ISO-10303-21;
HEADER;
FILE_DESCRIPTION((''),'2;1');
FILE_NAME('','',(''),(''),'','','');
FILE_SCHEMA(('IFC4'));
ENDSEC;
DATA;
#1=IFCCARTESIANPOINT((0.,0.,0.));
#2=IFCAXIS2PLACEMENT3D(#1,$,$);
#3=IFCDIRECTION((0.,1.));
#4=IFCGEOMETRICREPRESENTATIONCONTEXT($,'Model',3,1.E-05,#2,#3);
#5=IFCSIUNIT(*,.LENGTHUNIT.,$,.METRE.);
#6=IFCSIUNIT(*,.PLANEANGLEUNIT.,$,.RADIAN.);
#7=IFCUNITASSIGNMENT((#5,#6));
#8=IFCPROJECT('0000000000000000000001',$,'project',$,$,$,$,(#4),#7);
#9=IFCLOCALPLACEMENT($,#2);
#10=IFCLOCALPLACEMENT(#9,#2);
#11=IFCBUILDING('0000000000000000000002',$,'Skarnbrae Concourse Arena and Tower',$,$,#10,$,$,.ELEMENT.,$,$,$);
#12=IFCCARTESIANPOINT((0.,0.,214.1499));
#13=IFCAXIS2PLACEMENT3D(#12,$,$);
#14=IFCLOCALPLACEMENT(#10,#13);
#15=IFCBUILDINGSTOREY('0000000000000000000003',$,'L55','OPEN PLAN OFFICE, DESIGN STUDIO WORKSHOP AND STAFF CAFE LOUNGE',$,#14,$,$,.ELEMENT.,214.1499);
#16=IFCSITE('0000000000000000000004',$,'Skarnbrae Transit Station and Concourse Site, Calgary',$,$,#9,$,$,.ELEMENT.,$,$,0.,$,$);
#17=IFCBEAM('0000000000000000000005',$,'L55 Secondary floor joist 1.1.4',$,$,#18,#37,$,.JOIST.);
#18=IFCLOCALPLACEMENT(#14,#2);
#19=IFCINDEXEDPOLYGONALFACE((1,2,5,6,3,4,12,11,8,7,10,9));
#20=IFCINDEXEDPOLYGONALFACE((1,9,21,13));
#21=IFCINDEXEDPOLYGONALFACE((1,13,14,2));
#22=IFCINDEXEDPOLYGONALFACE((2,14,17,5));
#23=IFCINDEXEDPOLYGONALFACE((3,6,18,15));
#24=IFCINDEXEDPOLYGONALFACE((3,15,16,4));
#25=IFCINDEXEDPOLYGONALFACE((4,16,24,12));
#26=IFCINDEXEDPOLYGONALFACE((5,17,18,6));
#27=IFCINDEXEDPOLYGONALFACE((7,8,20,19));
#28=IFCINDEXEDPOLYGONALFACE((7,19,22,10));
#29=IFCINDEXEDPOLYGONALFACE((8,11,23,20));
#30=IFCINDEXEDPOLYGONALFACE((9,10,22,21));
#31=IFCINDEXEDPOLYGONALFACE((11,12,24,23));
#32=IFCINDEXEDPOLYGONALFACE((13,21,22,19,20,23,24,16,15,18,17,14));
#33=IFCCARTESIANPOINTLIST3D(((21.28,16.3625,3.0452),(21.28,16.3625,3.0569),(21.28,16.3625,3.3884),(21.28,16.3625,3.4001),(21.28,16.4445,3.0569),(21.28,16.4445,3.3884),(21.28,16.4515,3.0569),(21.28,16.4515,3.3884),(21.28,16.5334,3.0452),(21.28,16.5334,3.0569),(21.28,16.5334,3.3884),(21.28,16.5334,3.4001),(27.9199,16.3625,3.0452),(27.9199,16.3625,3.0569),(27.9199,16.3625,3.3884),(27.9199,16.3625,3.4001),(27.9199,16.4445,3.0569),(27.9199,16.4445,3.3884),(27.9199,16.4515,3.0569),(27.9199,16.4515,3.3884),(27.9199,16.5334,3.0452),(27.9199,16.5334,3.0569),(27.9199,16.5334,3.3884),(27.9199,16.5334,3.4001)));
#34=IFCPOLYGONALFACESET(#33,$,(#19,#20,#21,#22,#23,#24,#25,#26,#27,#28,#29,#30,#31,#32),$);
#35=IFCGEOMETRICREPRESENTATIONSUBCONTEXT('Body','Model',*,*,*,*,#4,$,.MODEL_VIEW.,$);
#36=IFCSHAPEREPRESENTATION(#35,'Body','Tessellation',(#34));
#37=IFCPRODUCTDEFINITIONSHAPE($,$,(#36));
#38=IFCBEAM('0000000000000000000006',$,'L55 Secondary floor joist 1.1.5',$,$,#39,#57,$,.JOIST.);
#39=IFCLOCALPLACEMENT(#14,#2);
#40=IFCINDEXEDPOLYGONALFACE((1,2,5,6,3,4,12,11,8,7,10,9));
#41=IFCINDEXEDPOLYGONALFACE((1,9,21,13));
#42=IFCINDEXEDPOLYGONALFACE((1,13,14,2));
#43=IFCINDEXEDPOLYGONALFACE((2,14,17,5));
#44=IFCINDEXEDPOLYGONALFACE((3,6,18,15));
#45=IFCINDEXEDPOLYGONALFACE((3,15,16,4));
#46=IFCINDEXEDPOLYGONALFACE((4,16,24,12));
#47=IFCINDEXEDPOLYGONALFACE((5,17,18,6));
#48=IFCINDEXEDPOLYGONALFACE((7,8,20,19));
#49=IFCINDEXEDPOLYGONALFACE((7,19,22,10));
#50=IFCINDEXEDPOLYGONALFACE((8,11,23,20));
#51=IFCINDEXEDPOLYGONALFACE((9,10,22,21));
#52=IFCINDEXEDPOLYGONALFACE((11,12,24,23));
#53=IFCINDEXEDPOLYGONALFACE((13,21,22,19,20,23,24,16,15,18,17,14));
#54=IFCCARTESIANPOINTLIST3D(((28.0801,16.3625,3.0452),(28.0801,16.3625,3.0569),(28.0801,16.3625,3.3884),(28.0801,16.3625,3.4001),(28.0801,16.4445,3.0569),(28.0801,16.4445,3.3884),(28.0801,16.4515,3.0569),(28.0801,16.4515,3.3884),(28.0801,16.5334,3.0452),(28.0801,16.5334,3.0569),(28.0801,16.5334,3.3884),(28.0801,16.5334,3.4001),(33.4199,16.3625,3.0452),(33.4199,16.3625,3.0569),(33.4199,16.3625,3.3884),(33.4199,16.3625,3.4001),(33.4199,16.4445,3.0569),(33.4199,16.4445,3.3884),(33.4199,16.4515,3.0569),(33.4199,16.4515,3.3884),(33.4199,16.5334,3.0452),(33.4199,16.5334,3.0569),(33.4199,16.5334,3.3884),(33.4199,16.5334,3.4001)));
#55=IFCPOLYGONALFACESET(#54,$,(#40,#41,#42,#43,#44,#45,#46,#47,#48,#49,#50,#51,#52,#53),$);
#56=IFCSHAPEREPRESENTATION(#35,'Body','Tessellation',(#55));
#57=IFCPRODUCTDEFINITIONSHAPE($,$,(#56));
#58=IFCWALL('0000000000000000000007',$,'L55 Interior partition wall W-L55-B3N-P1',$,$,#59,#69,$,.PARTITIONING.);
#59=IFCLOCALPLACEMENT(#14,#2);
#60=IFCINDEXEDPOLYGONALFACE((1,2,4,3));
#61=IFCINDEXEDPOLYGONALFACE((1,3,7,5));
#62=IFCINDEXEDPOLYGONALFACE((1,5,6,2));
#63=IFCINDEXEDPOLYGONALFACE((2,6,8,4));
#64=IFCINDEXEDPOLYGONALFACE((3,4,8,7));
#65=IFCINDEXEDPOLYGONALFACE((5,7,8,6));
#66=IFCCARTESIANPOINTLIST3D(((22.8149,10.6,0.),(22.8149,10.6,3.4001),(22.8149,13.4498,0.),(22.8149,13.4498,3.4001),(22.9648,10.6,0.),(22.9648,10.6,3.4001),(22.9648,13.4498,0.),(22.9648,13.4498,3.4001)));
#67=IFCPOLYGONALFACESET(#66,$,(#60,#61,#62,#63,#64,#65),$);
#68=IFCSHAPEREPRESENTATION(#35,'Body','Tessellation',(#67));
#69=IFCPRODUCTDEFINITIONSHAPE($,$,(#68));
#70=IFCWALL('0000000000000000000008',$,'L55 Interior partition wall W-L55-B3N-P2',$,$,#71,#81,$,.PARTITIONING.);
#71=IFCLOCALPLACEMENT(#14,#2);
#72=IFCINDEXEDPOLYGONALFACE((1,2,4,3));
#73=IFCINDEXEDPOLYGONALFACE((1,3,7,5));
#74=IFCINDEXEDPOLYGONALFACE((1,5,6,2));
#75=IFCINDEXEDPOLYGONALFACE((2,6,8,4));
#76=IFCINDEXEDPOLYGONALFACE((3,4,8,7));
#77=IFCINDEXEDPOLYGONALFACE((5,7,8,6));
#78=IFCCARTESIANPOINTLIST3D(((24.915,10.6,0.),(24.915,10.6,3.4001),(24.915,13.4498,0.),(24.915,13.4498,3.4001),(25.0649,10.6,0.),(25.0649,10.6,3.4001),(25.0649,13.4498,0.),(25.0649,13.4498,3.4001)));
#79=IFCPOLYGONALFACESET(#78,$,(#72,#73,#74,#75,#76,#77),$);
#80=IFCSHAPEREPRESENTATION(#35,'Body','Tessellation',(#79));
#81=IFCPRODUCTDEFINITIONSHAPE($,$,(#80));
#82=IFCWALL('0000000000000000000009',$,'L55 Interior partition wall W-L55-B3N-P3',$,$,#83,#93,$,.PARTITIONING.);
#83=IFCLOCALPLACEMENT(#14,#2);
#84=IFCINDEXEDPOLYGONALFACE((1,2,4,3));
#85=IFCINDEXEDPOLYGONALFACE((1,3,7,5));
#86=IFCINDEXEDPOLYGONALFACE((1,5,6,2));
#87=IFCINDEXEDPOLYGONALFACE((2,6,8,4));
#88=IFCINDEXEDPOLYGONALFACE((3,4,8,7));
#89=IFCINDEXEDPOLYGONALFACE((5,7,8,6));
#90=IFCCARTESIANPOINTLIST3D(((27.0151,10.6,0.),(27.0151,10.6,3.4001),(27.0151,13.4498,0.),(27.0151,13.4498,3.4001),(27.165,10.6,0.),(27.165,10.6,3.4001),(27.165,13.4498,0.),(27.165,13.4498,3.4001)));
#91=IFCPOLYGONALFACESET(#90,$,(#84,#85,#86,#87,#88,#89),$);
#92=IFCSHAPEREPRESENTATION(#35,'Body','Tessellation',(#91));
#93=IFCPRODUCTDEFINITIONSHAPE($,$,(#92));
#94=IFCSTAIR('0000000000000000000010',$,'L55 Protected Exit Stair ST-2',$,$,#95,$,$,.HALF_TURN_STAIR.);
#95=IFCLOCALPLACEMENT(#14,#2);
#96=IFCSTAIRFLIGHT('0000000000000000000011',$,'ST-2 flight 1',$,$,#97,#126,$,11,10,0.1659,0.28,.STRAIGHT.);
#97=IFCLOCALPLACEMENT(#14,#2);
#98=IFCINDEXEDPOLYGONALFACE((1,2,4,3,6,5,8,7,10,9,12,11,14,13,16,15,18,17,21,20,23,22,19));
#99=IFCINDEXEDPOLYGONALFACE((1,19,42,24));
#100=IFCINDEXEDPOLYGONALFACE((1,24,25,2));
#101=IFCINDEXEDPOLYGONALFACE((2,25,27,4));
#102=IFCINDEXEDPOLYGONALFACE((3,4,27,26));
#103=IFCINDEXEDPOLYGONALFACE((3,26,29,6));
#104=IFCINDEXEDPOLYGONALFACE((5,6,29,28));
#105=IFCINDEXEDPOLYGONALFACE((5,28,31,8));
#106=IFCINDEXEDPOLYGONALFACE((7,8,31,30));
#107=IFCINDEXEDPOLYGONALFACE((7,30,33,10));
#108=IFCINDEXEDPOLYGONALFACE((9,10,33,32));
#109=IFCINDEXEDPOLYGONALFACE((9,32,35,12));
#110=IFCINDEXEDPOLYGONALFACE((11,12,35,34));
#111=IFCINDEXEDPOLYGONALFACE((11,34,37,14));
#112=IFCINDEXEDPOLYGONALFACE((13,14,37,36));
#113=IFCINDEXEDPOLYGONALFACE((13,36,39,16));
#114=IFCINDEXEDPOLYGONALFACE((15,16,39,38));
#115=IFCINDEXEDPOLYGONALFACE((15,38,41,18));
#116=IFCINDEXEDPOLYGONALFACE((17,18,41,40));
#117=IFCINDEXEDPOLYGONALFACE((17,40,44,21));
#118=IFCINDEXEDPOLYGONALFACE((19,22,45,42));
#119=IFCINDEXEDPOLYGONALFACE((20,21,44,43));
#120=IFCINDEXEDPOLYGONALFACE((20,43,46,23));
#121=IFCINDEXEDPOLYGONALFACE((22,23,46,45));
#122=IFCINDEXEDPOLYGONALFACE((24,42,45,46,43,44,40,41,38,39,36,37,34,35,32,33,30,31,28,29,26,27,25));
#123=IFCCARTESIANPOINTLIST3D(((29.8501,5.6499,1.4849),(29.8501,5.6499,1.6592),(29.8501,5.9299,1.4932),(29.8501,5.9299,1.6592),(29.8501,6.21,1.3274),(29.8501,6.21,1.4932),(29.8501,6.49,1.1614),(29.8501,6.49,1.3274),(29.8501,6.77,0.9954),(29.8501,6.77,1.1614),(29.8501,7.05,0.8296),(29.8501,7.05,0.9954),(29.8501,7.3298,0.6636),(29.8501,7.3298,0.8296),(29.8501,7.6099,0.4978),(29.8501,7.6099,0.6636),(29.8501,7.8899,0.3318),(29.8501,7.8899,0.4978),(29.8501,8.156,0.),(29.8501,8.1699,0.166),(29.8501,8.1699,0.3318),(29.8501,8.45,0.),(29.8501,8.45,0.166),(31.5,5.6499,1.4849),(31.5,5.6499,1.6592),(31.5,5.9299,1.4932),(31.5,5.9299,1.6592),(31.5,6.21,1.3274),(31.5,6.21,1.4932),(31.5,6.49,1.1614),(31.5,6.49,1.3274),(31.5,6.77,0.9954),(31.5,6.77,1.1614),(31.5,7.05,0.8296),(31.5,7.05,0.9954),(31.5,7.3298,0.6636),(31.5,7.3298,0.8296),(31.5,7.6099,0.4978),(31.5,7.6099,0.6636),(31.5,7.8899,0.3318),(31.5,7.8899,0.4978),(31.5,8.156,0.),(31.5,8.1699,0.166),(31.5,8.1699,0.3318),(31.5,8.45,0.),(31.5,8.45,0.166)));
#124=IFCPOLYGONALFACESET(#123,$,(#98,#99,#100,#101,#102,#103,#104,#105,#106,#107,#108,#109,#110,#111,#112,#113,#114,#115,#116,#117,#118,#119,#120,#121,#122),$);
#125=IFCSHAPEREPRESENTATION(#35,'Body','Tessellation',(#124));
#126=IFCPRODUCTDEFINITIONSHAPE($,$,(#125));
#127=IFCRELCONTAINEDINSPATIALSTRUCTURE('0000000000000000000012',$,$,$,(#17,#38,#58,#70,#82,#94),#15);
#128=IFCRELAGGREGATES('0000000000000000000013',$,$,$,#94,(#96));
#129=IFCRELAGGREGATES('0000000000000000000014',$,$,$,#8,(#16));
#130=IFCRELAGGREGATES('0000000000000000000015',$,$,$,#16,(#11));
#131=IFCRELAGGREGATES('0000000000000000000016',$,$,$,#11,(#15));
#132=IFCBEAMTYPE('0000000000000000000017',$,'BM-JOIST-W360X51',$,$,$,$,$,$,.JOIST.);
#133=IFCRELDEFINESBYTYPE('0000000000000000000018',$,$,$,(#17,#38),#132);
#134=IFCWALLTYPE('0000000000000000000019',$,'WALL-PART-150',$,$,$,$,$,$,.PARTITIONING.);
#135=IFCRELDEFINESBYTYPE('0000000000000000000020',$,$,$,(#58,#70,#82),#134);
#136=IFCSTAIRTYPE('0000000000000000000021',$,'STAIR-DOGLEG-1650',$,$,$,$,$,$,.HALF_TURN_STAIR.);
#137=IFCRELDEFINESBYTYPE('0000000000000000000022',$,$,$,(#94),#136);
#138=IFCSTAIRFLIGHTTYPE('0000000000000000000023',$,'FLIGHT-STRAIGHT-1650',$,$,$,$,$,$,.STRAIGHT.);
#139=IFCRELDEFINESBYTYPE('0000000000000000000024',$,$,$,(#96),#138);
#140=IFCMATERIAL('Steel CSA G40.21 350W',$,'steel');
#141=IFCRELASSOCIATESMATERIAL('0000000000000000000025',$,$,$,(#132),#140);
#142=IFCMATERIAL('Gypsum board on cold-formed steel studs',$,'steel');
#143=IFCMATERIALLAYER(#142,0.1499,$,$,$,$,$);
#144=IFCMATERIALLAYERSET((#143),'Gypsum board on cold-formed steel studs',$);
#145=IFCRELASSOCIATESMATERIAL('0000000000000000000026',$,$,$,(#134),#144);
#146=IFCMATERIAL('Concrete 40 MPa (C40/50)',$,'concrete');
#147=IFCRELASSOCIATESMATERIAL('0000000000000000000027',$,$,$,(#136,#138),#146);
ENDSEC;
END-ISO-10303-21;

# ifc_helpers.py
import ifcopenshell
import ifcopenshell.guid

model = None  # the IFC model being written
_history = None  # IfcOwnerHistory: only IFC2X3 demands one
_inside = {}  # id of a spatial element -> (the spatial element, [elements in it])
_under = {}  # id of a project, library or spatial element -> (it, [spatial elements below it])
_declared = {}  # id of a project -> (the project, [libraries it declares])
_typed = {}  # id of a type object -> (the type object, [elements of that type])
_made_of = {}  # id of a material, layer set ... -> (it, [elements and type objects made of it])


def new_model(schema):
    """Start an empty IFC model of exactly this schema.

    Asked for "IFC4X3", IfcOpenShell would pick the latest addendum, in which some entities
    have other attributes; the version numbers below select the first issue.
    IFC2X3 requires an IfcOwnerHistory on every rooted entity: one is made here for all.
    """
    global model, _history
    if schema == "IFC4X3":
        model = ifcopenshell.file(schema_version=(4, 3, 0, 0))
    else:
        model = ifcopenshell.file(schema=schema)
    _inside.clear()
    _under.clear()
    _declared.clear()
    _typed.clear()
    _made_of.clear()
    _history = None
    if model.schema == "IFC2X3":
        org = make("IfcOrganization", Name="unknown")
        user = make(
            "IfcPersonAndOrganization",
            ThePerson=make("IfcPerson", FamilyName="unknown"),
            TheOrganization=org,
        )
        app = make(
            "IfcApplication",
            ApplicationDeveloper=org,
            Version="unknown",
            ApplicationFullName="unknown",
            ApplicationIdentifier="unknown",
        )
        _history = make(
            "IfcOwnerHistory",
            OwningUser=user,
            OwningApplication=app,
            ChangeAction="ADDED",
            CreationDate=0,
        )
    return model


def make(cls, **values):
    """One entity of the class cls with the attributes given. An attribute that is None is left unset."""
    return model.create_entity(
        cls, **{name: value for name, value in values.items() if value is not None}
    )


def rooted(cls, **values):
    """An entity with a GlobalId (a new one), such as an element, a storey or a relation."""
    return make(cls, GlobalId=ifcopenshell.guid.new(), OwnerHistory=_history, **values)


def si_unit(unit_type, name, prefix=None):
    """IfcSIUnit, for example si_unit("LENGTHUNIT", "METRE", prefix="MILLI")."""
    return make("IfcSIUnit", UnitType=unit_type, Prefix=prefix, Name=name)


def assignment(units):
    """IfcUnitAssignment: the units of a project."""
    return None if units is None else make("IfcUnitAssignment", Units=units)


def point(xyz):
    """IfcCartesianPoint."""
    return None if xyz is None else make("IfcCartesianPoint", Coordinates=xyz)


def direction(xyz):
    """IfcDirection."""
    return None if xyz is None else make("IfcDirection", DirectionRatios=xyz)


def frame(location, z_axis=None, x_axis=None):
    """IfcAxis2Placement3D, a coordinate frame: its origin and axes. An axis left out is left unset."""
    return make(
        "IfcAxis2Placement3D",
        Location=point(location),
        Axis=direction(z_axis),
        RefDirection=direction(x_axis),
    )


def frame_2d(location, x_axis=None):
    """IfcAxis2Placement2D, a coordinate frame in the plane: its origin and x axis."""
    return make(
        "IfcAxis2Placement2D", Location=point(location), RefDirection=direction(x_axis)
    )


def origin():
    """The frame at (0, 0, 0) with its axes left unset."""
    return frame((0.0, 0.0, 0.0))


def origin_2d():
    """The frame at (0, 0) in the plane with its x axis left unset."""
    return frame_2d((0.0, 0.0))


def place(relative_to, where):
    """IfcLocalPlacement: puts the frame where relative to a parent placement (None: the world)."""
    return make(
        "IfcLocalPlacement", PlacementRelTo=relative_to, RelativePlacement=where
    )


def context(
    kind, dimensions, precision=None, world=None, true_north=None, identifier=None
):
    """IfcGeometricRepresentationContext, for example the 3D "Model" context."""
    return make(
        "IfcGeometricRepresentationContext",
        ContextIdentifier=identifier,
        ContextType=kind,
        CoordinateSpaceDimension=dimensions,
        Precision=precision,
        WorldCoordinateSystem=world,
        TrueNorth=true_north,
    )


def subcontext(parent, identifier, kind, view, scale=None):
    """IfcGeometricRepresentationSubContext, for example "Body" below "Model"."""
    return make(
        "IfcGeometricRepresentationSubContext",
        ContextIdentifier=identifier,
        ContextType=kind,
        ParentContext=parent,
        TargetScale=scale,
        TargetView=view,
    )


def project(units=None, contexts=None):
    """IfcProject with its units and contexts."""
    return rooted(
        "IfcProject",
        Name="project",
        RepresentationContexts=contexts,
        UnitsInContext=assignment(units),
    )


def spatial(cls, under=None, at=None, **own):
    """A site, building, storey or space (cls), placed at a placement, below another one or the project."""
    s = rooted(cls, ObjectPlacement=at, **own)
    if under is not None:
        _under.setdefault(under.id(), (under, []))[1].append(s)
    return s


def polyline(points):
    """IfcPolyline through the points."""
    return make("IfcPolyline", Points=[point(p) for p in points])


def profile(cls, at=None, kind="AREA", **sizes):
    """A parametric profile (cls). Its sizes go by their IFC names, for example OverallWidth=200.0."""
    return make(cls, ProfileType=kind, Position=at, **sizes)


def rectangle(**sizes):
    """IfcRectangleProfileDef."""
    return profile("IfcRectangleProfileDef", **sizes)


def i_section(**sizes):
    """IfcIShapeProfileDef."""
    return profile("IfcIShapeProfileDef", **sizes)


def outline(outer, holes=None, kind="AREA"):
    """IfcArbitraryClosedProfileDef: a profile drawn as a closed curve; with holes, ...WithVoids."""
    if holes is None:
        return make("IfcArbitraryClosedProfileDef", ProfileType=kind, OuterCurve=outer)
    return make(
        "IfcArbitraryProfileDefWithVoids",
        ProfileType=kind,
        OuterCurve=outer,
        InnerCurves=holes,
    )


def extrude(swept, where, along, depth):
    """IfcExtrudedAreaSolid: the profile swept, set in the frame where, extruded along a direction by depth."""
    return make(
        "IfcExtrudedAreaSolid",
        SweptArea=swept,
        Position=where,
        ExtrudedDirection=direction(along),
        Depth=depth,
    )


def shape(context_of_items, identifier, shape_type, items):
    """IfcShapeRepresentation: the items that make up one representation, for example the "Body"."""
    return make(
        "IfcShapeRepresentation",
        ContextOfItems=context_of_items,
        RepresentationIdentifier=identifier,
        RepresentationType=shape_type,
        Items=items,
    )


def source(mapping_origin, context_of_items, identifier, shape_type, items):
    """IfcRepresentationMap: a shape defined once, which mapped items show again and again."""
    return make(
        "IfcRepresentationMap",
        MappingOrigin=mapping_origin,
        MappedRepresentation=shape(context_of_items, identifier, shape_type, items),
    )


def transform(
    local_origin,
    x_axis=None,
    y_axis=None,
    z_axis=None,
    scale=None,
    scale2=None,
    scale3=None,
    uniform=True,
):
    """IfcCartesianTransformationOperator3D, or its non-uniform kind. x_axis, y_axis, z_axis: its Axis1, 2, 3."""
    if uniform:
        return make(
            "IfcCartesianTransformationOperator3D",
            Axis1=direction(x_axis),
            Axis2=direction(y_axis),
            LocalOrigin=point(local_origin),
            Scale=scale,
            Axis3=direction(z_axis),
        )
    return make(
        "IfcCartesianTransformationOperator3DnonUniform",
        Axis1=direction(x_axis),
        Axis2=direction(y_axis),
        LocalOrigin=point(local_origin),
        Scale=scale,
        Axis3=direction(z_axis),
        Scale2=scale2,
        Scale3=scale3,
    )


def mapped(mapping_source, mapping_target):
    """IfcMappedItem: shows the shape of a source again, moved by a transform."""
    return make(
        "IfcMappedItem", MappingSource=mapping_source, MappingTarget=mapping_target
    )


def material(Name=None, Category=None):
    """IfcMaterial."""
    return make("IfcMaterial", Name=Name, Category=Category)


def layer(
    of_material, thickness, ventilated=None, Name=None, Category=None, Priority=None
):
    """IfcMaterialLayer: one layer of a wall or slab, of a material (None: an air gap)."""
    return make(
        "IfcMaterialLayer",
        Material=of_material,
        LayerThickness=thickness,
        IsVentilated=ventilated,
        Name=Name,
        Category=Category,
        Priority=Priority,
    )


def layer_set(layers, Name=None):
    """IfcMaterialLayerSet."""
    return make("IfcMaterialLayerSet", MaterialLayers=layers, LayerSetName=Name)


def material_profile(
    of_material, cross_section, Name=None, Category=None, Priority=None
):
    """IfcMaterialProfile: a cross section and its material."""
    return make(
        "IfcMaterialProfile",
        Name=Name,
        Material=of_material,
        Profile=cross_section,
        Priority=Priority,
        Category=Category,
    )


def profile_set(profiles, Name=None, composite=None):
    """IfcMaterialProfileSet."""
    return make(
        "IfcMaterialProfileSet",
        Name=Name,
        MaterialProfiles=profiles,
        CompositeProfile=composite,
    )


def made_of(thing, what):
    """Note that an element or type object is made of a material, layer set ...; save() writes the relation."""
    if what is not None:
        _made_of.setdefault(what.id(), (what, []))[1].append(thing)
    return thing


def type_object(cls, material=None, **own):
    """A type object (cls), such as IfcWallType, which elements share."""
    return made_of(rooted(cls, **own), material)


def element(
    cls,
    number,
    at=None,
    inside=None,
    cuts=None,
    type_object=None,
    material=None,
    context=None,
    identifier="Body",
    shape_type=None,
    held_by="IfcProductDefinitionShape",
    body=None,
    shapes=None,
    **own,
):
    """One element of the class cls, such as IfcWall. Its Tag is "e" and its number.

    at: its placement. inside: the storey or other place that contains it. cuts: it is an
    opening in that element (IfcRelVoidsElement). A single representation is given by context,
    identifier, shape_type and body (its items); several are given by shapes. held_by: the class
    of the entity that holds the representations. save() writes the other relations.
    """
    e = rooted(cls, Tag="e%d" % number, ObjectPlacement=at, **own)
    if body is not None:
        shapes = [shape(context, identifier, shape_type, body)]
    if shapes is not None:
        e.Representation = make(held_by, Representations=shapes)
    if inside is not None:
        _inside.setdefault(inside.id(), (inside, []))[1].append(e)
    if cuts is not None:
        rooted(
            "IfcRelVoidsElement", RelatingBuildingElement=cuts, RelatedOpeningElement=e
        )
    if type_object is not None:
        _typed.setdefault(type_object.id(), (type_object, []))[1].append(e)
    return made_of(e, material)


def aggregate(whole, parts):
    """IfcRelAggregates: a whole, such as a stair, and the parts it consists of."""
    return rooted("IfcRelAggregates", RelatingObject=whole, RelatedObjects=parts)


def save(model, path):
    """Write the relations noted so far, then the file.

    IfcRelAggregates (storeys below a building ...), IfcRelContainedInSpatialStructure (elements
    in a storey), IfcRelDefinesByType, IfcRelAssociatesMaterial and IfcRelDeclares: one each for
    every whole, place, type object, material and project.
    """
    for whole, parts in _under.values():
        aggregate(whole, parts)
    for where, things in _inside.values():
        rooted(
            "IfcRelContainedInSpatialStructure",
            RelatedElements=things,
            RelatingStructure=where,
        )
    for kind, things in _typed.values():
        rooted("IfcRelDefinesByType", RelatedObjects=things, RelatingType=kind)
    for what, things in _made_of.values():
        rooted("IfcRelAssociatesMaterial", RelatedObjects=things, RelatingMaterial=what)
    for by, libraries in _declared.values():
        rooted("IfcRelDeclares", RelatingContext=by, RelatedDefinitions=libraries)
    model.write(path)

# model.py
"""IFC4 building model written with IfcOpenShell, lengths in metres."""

from ifc_helpers import new_model, si_unit, direction, frame, frame_2d, origin, origin_2d, place, context, subcontext, project, spatial, polyline, rectangle, i_section, outline, extrude, source, transform, mapped, material, layer, layer_set, material_profile, profile_set, type_object, element, aggregate, save


model = new_model("IFC4")

# Units and contexts
model_context = context("Model", 3, precision=1e-05, world=origin(), true_north=direction((0.0, 1.0)))
body_context = subcontext(model_context, "Body", "Model", "MODEL_VIEW")
ifc_project = project(units=[si_unit("LENGTHUNIT", "METRE"), si_unit("PLANEANGLEUNIT", "RADIAN")], contexts=[model_context])

# Site, building, storey
site_placement = place(None, origin())
site = spatial("IfcSite", under=ifc_project, at=site_placement, Name="Skarnbrae Transit Station and Concourse Site, Calgary", CompositionType="ELEMENT", RefElevation=0.0)
building_placement = place(site_placement, origin())
building = spatial("IfcBuilding", under=site, at=building_placement, Name="Skarnbrae Concourse Arena and Tower", CompositionType="ELEMENT")
storey_placement = place(building_placement, frame((0.0, 0.0, 214.1499)))
storey = spatial("IfcBuildingStorey", under=building, at=storey_placement, Name="L55", Description="OPEN PLAN OFFICE, DESIGN STUDIO WORKSHOP AND STAFF CAFE LOUNGE", CompositionType="ELEMENT", Elevation=214.1499)

# Shared definitions
ifc_material_1 = material(Name="Steel CSA G40.21 350W", Category="steel")

# Beams
ifc_material_profile_1 = material_profile(ifc_material_1, i_section(OverallWidth=0.1709, OverallDepth=0.355, WebThickness=0.0071, FlangeThickness=0.0117, at=origin_2d()), Name="W360X51")
ifc_profile_set_1 = profile_set([ifc_material_profile_1], Name="Steel CSA G40.21 350W")
beam_type_1 = type_object("IfcBeamType", Name="BM-JOIST-W360X51", PredefinedType="JOIST", material=ifc_profile_set_1)
shared_shape_1 = source(origin(), body_context, "Body", "SweptSolid", [
    extrude(i_section(OverallWidth=0.1709, OverallDepth=0.355, WebThickness=0.0071, FlangeThickness=0.0117, at=origin_2d()), origin(), (0.0, 0.0, 1.0), 6.6399),
])
beam_1_placement = place(storey_placement, frame((21.28, 16.448, 3.2227), z_axis=(1.0, 0.0, 0.0), x_axis=(0.0, 1.0, 0.0)))
element("IfcBeam", 1, at=beam_1_placement, inside=storey, type_object=beam_type_1, Name="L55 Secondary floor joist 1.1.4", PredefinedType="JOIST", context=body_context, shape_type="MappedRepresentation", body=[
    mapped(shared_shape_1, transform((0.0, 0.0, 0.0))),
])
shared_shape_2 = source(origin(), body_context, "Body", "SweptSolid", [
    extrude(i_section(OverallWidth=0.1709, OverallDepth=0.355, WebThickness=0.0071, FlangeThickness=0.0117, at=origin_2d()), origin(), (0.0, 0.0, 1.0), 5.3398),
])
beam_2_placement = place(storey_placement, frame((28.0801, 16.448, 3.2227), z_axis=(1.0, 0.0, 0.0), x_axis=(0.0, 1.0, 0.0)))
element("IfcBeam", 2, at=beam_2_placement, inside=storey, type_object=beam_type_1, Name="L55 Secondary floor joist 1.1.5", PredefinedType="JOIST", context=body_context, shape_type="MappedRepresentation", body=[
    mapped(shared_shape_2, transform((0.0, 0.0, 0.0))),
])

# Walls
ifc_material_2 = material(Name="Gypsum board on cold-formed steel studs", Category="steel")
ifc_layer_1 = layer(ifc_material_2, 0.1499)
ifc_layer_set_1 = layer_set([ifc_layer_1], Name="Gypsum board on cold-formed steel studs")
wall_type_1 = type_object("IfcWallType", Name="WALL-PART-150", PredefinedType="PARTITIONING", material=ifc_layer_set_1)
shared_shape_3 = source(origin(), body_context, "Body", "SweptSolid", [
    extrude(rectangle(XDim=2.8499, YDim=0.1499, at=frame_2d((1.4248, 0.0))), origin(), (0.0, 0.0, 1.0), 3.4001),
])
for number, where, z_axis, x_axis, name in (
    (3, (22.8899, 10.6001, 0.0), (0.0, 0.0, 1.0), (0.0, 1.0, 0.0), "L55 Interior partition wall W-L55-B3N-P1"),
    (4, (24.99, 10.6001, 0.0), (0.0, 0.0, 1.0), (0.0, 1.0, 0.0), "L55 Interior partition wall W-L55-B3N-P2"),
    (5, (27.0901, 10.6001, 0.0), (0.0, 0.0, 1.0), (0.0, 1.0, 0.0), "L55 Interior partition wall W-L55-B3N-P3"),
):
    element("IfcWall", number, at=place(storey_placement, frame(where, z_axis=z_axis, x_axis=x_axis)), inside=storey, type_object=wall_type_1, Name=name, PredefinedType="PARTITIONING", context=body_context, shape_type="MappedRepresentation", body=[
        mapped(shared_shape_3, transform((0.0, 0.0, 0.0))),
    ])

# Stair, stair flight
ifc_material_3 = material(Name="Concrete 40 MPa (C40/50)", Category="concrete")
stair_type = type_object("IfcStairType", Name="STAIR-DOGLEG-1650", PredefinedType="HALF_TURN_STAIR", material=ifc_material_3)
stair_placement = place(storey_placement, origin())
stair = element("IfcStair", 6, at=stair_placement, inside=storey, type_object=stair_type, Name="L55 Protected Exit Stair ST-2", PredefinedType="HALF_TURN_STAIR")
stair_flight_type = type_object("IfcStairFlightType", Name="FLIGHT-STRAIGHT-1650", PredefinedType="STRAIGHT", material=ifc_material_3)
shared_shape_4 = source(origin(), body_context, "Body", "SweptSolid", [
    extrude(outline(polyline([(0.0, 0.0), (0.0, 0.166), (0.28, 0.166), (0.28, 0.3318), (0.5601, 0.3318), (0.5601, 0.4978), (0.8401, 0.4978), (0.8401, 0.6636), (1.1201, 0.6636), (1.1201, 0.8296), (1.3999, 0.8296), (1.3999, 0.9954), (1.6799, 0.9954), (1.6799, 1.1614), (1.96, 1.1614), (1.96, 1.3274), (2.24, 1.3274), (2.24, 1.4932), (2.52, 1.4932), (2.52, 1.6592), (2.8, 1.6592), (2.8, 1.825), (2.8, 1.4849), (0.2939, 0.0), (0.0, 0.0)])), frame((0.0, 0.825, 0.0), z_axis=(0.0, -1.0, 0.0), x_axis=(1.0, 0.0, 0.0)), (0.0, 0.0, 1.0), 1.6499),
])
stair_flight_placement = place(storey_placement, frame((30.675, 8.45, 0.0), z_axis=(0.0, 0.0, 1.0), x_axis=(0.0, -1.0, 0.0)))
stair_flight = element("IfcStairFlight", 7, at=stair_flight_placement, type_object=stair_flight_type, Name="ST-2 flight 1", NumberOfRisers=11, NumberOfTreads=10, PredefinedType="STRAIGHT", RiserHeight=0.1659, TreadLength=0.28, context=body_context, shape_type="MappedRepresentation", body=[
    mapped(shared_shape_4, transform((0.0, 0.0, 0.0))),
])
aggregate(stair, [stair_flight])

save(model, "model.ifc")
